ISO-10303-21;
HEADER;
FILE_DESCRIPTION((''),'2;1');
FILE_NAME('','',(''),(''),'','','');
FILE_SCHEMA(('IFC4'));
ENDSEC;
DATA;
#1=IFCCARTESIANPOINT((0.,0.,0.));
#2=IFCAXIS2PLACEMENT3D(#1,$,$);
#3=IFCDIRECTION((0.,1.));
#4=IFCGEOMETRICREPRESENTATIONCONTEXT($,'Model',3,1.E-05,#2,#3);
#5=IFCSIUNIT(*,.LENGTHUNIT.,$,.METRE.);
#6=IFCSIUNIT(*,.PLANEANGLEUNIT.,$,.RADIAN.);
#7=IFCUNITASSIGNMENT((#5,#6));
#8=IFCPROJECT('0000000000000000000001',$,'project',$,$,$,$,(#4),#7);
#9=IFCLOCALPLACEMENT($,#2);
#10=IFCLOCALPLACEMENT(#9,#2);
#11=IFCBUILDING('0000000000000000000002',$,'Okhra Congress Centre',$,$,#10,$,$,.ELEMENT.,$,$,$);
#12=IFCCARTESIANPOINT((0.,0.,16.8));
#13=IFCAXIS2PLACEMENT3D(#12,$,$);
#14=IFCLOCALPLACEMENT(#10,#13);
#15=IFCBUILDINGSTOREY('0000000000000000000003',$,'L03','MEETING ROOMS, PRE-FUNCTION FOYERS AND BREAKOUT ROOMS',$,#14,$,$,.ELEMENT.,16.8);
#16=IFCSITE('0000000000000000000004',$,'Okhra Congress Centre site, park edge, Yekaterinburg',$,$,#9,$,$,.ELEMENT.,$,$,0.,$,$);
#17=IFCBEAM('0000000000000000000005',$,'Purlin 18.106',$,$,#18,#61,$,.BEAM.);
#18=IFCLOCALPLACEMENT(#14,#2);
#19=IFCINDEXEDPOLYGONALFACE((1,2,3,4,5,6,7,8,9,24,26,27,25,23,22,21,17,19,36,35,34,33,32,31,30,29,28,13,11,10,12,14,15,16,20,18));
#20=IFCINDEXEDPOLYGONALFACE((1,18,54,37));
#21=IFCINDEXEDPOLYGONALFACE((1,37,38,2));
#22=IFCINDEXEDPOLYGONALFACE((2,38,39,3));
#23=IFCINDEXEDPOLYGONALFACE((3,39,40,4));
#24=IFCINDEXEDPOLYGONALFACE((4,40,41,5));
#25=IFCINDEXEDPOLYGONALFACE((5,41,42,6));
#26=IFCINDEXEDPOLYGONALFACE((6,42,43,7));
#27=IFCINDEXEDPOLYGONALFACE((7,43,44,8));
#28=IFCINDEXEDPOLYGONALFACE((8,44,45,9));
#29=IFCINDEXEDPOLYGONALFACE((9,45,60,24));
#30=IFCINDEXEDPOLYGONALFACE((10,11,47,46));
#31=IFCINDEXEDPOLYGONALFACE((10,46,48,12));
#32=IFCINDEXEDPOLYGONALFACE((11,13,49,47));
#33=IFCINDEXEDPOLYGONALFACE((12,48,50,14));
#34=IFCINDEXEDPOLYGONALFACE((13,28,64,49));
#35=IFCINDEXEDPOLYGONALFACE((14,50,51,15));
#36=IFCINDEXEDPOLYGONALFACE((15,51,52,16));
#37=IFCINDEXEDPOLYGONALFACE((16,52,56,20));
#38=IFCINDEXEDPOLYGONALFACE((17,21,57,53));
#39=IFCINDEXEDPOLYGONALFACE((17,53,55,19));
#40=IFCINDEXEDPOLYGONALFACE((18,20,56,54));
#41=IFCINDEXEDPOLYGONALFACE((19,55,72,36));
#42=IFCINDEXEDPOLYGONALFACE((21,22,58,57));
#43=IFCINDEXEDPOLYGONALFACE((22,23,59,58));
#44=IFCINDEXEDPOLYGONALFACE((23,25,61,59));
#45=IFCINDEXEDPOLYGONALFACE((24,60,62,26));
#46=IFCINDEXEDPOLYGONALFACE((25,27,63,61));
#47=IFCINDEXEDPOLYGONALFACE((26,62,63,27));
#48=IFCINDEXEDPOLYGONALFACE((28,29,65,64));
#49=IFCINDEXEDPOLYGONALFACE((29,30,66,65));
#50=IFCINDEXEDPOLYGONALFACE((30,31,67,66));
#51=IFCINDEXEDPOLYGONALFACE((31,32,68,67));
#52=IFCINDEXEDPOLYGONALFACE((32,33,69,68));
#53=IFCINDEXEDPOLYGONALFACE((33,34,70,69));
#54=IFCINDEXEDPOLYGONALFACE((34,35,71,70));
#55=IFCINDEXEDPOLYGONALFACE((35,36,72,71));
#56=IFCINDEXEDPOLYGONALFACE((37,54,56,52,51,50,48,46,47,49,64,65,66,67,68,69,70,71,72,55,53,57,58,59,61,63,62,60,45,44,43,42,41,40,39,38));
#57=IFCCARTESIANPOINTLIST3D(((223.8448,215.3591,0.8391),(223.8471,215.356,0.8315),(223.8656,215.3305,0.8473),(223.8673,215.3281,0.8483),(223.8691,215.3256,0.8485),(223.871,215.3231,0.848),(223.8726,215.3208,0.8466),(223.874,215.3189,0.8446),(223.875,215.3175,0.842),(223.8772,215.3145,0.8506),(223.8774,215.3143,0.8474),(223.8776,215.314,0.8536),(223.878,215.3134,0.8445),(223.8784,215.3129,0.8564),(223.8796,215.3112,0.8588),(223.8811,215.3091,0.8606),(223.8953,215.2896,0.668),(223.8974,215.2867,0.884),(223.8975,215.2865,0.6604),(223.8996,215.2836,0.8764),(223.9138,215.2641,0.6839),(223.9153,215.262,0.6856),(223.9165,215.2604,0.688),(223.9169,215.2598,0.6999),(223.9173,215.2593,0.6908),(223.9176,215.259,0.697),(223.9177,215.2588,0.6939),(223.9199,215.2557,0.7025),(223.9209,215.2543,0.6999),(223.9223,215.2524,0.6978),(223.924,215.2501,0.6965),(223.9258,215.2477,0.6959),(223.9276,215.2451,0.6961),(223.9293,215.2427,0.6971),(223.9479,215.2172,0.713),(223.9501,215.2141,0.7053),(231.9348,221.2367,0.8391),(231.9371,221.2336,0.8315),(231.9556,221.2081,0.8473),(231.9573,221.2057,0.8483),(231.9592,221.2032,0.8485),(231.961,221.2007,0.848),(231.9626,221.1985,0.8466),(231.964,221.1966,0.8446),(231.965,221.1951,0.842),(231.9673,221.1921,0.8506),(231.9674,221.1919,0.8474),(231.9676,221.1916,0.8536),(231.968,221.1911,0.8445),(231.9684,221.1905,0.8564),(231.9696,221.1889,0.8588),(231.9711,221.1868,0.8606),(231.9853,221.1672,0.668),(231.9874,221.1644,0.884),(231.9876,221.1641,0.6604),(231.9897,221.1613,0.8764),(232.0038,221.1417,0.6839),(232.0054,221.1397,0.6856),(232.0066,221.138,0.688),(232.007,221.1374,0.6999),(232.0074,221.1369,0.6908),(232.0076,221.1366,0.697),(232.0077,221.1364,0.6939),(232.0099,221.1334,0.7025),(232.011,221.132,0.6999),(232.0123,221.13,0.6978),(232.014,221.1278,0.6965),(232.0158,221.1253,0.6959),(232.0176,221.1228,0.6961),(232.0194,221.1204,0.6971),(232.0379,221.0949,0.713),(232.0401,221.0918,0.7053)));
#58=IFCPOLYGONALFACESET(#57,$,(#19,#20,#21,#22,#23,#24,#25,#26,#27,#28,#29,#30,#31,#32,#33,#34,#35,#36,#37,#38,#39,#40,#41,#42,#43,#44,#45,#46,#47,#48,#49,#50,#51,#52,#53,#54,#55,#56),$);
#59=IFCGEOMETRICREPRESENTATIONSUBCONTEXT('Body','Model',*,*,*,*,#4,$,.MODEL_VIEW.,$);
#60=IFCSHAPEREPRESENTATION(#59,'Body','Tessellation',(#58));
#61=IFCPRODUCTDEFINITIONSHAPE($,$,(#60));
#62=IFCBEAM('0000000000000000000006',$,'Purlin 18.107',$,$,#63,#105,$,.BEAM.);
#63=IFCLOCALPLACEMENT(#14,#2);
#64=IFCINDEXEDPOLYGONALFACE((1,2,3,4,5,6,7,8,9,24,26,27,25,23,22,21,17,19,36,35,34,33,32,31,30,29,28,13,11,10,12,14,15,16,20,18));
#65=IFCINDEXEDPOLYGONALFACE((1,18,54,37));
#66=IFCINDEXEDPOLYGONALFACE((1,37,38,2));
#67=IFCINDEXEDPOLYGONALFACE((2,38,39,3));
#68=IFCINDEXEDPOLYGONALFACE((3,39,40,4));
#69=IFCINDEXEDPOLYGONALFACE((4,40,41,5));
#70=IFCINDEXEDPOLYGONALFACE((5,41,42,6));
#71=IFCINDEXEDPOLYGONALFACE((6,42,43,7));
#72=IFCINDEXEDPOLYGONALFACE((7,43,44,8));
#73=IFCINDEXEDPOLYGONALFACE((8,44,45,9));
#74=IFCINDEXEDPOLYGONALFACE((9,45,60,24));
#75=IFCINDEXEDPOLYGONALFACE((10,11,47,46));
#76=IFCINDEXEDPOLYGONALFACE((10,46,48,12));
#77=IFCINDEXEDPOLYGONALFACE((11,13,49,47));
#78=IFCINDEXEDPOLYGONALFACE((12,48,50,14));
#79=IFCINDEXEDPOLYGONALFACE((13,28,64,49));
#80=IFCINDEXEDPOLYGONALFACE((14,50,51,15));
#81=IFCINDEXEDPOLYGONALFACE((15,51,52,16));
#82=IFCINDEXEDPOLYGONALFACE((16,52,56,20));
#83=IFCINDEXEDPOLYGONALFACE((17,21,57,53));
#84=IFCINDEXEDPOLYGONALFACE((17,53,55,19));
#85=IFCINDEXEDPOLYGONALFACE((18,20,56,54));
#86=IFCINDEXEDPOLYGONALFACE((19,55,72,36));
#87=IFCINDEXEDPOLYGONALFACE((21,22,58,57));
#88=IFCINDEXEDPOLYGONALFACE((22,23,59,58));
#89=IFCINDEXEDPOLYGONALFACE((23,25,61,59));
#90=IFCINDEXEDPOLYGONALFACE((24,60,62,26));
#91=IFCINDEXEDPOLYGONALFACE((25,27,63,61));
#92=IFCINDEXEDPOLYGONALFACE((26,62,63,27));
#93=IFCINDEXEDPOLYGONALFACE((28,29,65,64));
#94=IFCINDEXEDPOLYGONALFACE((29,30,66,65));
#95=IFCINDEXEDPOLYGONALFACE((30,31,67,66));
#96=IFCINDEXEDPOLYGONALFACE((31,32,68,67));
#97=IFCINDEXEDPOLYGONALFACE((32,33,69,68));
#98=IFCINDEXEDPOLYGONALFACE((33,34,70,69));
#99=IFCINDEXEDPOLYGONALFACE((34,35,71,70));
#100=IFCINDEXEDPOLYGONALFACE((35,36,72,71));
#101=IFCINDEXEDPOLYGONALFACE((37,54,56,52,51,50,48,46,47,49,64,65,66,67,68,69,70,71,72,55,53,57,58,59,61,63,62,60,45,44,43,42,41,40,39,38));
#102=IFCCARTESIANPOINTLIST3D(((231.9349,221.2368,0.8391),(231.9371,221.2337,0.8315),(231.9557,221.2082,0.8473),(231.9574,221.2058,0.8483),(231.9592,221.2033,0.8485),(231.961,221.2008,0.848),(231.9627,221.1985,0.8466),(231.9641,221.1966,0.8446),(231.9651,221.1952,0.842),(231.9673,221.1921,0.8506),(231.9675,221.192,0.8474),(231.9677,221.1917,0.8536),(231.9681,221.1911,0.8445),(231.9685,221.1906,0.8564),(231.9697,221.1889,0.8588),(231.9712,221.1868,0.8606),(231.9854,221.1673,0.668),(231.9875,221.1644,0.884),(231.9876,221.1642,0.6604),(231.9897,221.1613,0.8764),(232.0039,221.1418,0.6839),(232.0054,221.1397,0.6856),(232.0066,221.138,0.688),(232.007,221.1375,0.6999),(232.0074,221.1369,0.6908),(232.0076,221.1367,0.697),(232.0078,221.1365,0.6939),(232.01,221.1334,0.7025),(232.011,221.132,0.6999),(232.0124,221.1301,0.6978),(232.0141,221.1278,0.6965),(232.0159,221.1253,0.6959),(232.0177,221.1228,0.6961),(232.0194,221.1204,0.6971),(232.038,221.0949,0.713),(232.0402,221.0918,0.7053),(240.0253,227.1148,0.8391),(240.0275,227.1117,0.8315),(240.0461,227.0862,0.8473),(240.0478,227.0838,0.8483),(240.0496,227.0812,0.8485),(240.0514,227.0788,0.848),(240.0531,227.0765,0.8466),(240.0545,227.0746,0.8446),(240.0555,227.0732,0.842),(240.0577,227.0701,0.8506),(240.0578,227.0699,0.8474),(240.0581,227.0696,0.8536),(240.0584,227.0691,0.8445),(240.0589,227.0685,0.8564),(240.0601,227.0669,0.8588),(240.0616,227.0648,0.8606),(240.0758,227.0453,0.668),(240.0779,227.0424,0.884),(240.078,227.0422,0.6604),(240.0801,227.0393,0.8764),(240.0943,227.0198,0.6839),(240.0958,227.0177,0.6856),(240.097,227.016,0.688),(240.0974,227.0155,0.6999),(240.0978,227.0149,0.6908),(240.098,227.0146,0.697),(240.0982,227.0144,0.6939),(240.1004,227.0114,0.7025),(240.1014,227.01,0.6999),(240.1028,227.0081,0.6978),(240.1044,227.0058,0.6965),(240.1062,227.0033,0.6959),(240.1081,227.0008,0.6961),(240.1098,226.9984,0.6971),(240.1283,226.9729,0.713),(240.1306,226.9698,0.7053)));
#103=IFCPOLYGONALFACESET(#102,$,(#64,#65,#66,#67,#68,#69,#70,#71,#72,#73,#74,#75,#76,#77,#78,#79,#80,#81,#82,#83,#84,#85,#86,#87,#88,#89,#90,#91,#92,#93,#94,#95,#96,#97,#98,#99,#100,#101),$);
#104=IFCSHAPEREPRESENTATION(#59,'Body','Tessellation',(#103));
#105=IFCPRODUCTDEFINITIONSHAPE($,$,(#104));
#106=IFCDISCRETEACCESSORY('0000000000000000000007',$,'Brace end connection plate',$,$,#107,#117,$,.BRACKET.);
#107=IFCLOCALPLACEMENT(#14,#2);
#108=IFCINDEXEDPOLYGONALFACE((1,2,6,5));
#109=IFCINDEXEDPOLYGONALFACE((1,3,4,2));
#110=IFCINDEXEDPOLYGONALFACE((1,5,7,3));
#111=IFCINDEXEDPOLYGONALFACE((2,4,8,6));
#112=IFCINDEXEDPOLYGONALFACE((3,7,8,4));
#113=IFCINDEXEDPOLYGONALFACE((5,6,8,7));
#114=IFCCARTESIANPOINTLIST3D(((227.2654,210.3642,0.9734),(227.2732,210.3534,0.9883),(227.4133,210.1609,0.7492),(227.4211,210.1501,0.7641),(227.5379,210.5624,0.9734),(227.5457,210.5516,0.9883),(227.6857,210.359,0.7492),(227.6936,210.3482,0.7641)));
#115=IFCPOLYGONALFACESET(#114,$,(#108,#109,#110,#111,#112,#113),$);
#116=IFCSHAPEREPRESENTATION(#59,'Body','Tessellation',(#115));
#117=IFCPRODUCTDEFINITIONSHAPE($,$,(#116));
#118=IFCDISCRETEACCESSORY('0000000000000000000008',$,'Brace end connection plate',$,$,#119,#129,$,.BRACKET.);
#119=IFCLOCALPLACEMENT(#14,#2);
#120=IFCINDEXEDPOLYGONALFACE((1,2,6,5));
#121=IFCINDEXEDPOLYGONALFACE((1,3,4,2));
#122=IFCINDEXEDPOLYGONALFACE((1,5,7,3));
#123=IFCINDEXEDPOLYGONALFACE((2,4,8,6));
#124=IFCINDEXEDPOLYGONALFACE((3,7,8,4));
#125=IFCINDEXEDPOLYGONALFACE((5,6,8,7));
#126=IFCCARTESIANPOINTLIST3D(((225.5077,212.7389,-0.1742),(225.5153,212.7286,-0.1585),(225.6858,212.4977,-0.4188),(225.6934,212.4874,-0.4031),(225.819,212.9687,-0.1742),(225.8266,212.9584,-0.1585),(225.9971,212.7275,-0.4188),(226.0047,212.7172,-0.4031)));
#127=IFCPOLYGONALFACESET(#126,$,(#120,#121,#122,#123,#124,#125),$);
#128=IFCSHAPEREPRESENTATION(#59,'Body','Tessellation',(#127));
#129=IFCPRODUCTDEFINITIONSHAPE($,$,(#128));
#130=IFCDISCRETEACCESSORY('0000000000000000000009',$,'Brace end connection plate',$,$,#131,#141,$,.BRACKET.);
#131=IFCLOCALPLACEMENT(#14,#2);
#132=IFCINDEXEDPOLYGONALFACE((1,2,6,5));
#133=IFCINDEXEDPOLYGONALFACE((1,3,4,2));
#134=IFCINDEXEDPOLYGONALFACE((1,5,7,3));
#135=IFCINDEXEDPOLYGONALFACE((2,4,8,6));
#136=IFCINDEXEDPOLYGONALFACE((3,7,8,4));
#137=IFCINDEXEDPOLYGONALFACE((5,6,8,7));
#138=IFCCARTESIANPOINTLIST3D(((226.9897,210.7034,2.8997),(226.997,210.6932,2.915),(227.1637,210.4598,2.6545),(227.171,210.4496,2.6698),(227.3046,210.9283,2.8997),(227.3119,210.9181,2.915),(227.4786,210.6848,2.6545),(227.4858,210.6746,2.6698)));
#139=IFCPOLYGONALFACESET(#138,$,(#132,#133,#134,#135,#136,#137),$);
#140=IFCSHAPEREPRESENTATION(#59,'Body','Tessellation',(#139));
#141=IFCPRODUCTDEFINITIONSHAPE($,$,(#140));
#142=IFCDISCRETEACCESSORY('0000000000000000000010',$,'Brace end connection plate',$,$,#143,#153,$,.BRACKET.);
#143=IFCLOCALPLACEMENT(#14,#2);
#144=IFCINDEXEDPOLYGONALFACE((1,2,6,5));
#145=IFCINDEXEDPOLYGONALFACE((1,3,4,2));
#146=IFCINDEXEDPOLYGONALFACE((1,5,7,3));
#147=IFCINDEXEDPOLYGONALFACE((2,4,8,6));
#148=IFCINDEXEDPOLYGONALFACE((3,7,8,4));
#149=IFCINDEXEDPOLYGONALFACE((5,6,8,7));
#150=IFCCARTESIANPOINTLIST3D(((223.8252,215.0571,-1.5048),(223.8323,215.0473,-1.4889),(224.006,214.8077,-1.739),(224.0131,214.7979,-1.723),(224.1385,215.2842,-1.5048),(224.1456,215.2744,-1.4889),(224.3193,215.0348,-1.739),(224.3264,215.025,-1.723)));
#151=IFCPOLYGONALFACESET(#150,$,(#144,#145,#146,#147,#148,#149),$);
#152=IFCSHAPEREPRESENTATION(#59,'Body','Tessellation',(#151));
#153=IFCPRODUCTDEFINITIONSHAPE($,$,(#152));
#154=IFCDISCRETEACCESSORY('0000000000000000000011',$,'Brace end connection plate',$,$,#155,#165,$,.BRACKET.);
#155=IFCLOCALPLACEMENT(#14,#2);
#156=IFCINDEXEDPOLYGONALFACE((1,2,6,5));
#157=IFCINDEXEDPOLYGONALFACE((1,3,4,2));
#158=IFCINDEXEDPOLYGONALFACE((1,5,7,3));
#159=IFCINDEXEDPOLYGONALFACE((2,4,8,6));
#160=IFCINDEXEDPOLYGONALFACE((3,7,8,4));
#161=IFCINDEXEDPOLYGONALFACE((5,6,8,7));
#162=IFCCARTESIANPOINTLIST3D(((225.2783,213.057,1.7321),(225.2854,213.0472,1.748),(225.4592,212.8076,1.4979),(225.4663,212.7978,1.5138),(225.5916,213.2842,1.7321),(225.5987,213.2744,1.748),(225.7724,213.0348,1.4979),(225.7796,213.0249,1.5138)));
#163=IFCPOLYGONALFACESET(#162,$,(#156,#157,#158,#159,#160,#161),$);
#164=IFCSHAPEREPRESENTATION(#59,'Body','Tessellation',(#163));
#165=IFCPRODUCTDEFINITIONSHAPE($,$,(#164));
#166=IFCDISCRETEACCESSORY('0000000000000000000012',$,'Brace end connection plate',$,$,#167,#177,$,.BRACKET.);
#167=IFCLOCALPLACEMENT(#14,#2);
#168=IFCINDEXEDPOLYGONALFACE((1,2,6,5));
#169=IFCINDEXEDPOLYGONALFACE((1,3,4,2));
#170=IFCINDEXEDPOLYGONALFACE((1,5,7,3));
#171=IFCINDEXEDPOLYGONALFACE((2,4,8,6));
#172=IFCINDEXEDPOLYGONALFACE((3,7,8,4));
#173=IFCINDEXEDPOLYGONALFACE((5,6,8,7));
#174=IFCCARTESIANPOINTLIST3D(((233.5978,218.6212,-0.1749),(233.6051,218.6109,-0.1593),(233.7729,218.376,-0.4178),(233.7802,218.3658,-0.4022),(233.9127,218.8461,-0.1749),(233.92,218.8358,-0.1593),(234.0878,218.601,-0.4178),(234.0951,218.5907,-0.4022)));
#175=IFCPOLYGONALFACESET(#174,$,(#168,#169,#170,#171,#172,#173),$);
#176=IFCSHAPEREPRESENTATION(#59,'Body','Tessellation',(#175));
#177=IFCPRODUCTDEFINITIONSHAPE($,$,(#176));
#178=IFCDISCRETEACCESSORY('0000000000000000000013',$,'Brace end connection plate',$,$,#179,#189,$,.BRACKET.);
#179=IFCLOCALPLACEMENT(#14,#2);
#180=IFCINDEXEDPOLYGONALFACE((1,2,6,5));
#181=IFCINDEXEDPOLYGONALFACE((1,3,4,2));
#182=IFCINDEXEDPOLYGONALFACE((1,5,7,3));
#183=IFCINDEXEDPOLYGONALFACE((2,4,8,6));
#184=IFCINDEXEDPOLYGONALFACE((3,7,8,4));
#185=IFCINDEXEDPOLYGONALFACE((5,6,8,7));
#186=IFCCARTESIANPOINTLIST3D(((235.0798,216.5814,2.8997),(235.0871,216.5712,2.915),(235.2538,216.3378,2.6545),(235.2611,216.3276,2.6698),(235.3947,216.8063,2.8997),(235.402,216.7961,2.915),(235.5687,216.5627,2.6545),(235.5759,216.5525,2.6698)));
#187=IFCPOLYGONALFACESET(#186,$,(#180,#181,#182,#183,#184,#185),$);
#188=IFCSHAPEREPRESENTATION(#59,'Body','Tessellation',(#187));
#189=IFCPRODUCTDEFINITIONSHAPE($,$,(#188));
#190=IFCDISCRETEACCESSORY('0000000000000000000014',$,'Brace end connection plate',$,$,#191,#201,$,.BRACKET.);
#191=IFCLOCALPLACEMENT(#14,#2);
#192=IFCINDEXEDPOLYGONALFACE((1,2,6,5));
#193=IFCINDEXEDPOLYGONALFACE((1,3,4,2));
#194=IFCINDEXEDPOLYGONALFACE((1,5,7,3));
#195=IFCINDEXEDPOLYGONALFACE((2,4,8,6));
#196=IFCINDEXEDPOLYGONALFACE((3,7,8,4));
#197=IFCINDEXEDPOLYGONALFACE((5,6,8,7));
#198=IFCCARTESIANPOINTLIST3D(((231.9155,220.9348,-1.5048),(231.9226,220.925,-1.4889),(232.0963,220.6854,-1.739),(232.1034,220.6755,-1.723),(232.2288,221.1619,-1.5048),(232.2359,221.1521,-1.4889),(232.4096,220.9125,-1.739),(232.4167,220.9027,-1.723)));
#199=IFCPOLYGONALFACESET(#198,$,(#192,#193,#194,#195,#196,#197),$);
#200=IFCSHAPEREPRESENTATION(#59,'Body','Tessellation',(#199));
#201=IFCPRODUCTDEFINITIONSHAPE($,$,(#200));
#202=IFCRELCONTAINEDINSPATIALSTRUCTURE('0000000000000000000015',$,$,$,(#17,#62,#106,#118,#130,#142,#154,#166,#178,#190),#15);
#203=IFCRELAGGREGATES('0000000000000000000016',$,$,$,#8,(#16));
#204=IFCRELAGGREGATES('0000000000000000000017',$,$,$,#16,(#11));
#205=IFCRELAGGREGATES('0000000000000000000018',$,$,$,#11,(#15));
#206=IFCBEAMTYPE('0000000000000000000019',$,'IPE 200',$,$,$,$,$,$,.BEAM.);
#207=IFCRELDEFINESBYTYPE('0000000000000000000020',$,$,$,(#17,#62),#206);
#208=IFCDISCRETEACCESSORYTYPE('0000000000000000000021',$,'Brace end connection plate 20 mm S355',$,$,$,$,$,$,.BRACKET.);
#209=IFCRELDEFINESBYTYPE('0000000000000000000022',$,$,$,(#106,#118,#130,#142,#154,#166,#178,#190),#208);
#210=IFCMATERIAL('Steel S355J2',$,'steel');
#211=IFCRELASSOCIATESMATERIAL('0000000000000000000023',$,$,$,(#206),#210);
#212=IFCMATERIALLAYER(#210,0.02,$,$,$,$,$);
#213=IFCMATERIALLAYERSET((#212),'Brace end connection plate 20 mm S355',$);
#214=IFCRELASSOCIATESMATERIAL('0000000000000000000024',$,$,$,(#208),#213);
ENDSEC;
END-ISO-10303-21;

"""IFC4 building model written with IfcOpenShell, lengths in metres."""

from ifc_helpers import new_model, si_unit, direction, frame, origin, origin_2d, place, context, subcontext, project, spatial, rectangle, i_section, extrude, material, layer, layer_set, material_profile, profile_set, type_object, element, save


model = new_model("IFC4")

# Units and contexts
model_context = context("Model", 3, precision=1e-05, world=origin(), true_north=direction((0.0, 1.0)))
body_context = subcontext(model_context, "Body", "Model", "MODEL_VIEW")
ifc_project = project(units=[si_unit("LENGTHUNIT", "METRE"), si_unit("PLANEANGLEUNIT", "RADIAN")], contexts=[model_context])

# Site, building, storey
site_placement = place(None, origin())
site = spatial("IfcSite", under=ifc_project, at=site_placement, Name="Okhra Congress Centre site, park edge, Yekaterinburg", CompositionType="ELEMENT", RefElevation=0.0)
building_placement = place(site_placement, origin())
building = spatial("IfcBuilding", under=site, at=building_placement, Name="Okhra Congress Centre", CompositionType="ELEMENT")
storey_placement = place(building_placement, frame((0.0, 0.0, 16.8)))
storey = spatial("IfcBuildingStorey", under=building, at=storey_placement, Name="L03", Description="MEETING ROOMS, PRE-FUNCTION FOYERS AND BREAKOUT ROOMS", CompositionType="ELEMENT", Elevation=16.8)

# Beams
ifc_material_1 = material(Name="Steel S355J2", Category="steel")
ifc_material_profile_1 = material_profile(ifc_material_1, i_section(OverallWidth=0.1001, OverallDepth=0.2, WebThickness=0.0056, FlangeThickness=0.0085, FilletRadius=0.012, at=origin_2d()), Name="IPE 200")
ifc_profile_set_1 = profile_set([ifc_material_profile_1], Name="Steel S355J2")
beam_type = type_object("IfcBeamType", Name="IPE 200", PredefinedType="BEAM", material=ifc_profile_set_1)
for number, where, z_axis, x_axis, name in (
    (1, (223.8975, 215.2866, 0.7722), (0.809022, 0.587778, 0.0), (-0.525258, 0.722969, -0.448799), "Purlin 18.106"),
):
    element("IfcBeam", number, at=place(storey_placement, frame(where, z_axis=z_axis, x_axis=x_axis)), inside=storey, type_object=beam_type, Name=name, PredefinedType="BEAM", context=body_context, shape_type="SweptSolid", body=[
        extrude(i_section(OverallWidth=0.1001, OverallDepth=0.2, WebThickness=0.0056, FlangeThickness=0.0085, FilletRadius=0.012, at=origin_2d()), origin(), (0.0, 0.0, 1.0), 9.9998),
    ])
beam_1_placement = place(storey_placement, frame((231.9875, 221.1643, 0.7722), z_axis=(0.809019, 0.587783, 0.0), x_axis=(-0.525262, 0.722966, -0.448799)))
element("IfcBeam", 2, at=beam_1_placement, inside=storey, type_object=beam_type, Name="Purlin 18.107", PredefinedType="BEAM", context=body_context, shape_type="SweptSolid", body=[
    extrude(i_section(OverallWidth=0.1001, OverallDepth=0.2, WebThickness=0.0056, FlangeThickness=0.0085, FilletRadius=0.012, at=origin_2d()), origin(), (0.0, 0.0, 1.0), 10.0002),
])

# Discrete accessories
ifc_layer = layer(ifc_material_1, 0.02)
ifc_layer_set = layer_set([ifc_layer], Name="Brace end connection plate 20 mm S355")
discrete_accessory_type = type_object("IfcDiscreteAccessoryType", Name="Brace end connection plate 20 mm S355", PredefinedType="BRACKET", material=ifc_layer_set)
discrete_accessory_1_placement = place(storey_placement, frame((227.4834, 210.3508, 0.8762), z_axis=(-0.391498, 0.538309, -0.746293), x_axis=(-0.808736, -0.588172, 0.0)))
element("IfcDiscreteAccessory", 3, at=discrete_accessory_1_placement, inside=storey, type_object=discrete_accessory_type, Name="Brace end connection plate", PredefinedType="BRACKET", context=body_context, shape_type="SweptSolid", body=[
    extrude(rectangle(XDim=0.3369, YDim=0.3369, at=origin_2d()), origin(), (0.0, 0.0, 1.0), 0.02),
])
discrete_accessory_2_placement = place(storey_placement, frame((225.76, 212.7229, -0.2808), z_axis=(-0.375351, 0.50854, -0.774918), x_axis=(-0.804574, -0.593852, 0.0)))
element("IfcDiscreteAccessory", 4, at=discrete_accessory_2_placement, inside=storey, type_object=discrete_accessory_type, Name="Brace end connection plate", PredefinedType="BRACKET", context=body_context, shape_type="SweptSolid", body=[
    extrude(rectangle(XDim=0.387, YDim=0.387, at=origin_2d()), origin(), (0.0, 0.0, 1.0), 0.0203),
])
discrete_accessory_3_placement = place(storey_placement, frame((227.2341, 210.6941, 2.7771), z_axis=(0.368355, -0.515697, 0.773545), x_axis=(0.813733, 0.581238, 0.0)))
element("IfcDiscreteAccessory", 5, at=discrete_accessory_3_placement, inside=storey, type_object=discrete_accessory_type, Name="Brace end connection plate", PredefinedType="BRACKET", context=body_context, shape_type="SweptSolid", body=[
    extrude(rectangle(XDim=0.387, YDim=0.387, at=origin_2d()), origin(), (0.0, 0.0, 1.0), 0.0198),
])
for number, where, z_axis, x_axis, name in (
    (6, (224.0793, 215.0361, -1.606), (-0.355194, 0.489922, -0.796124), (-0.80961, -0.586968, 0.0), "Brace end connection plate"),
    (7, (225.5254, 213.0459, 1.615), (0.355194, -0.489922, 0.796124), (0.80961, 0.586968, 0.0), "Brace end connection plate"),
    (8, (233.8501, 218.6008, -0.2808), (-0.364878, 0.510829, -0.778407), (-0.813733, -0.581238, 0.0), "Brace end connection plate"),
):
    element("IfcDiscreteAccessory", number, at=place(storey_placement, frame(where, z_axis=z_axis, x_axis=x_axis)), inside=storey, type_object=discrete_accessory_type, Name=name, PredefinedType="BRACKET", context=body_context, shape_type="SweptSolid", body=[
        extrude(rectangle(XDim=0.387, YDim=0.387, at=origin_2d()), origin(), (0.0, 0.0, 1.0), 0.02),
    ])
discrete_accessory_4_placement = place(storey_placement, frame((235.3242, 216.572, 2.7771), z_axis=(0.368355, -0.515697, 0.773545), x_axis=(0.813733, 0.581238, 0.0)))
element("IfcDiscreteAccessory", 9, at=discrete_accessory_4_placement, inside=storey, type_object=discrete_accessory_type, Name="Brace end connection plate", PredefinedType="BRACKET", context=body_context, shape_type="SweptSolid", body=[
    extrude(rectangle(XDim=0.387, YDim=0.387, at=origin_2d()), origin(), (0.0, 0.0, 1.0), 0.0198),
])
for number, where, z_axis, x_axis, name in (
    (10, (232.1697, 220.9138, -1.606), (-0.355194, 0.489922, -0.796124), (-0.80961, -0.586968, 0.0), "Brace end connection plate"),
):
    element("IfcDiscreteAccessory", number, at=place(storey_placement, frame(where, z_axis=z_axis, x_axis=x_axis)), inside=storey, type_object=discrete_accessory_type, Name=name, PredefinedType="BRACKET", context=body_context, shape_type="SweptSolid", body=[
        extrude(rectangle(XDim=0.387, YDim=0.387, at=origin_2d()), origin(), (0.0, 0.0, 1.0), 0.02),
    ])

save(model, "model.ifc")
